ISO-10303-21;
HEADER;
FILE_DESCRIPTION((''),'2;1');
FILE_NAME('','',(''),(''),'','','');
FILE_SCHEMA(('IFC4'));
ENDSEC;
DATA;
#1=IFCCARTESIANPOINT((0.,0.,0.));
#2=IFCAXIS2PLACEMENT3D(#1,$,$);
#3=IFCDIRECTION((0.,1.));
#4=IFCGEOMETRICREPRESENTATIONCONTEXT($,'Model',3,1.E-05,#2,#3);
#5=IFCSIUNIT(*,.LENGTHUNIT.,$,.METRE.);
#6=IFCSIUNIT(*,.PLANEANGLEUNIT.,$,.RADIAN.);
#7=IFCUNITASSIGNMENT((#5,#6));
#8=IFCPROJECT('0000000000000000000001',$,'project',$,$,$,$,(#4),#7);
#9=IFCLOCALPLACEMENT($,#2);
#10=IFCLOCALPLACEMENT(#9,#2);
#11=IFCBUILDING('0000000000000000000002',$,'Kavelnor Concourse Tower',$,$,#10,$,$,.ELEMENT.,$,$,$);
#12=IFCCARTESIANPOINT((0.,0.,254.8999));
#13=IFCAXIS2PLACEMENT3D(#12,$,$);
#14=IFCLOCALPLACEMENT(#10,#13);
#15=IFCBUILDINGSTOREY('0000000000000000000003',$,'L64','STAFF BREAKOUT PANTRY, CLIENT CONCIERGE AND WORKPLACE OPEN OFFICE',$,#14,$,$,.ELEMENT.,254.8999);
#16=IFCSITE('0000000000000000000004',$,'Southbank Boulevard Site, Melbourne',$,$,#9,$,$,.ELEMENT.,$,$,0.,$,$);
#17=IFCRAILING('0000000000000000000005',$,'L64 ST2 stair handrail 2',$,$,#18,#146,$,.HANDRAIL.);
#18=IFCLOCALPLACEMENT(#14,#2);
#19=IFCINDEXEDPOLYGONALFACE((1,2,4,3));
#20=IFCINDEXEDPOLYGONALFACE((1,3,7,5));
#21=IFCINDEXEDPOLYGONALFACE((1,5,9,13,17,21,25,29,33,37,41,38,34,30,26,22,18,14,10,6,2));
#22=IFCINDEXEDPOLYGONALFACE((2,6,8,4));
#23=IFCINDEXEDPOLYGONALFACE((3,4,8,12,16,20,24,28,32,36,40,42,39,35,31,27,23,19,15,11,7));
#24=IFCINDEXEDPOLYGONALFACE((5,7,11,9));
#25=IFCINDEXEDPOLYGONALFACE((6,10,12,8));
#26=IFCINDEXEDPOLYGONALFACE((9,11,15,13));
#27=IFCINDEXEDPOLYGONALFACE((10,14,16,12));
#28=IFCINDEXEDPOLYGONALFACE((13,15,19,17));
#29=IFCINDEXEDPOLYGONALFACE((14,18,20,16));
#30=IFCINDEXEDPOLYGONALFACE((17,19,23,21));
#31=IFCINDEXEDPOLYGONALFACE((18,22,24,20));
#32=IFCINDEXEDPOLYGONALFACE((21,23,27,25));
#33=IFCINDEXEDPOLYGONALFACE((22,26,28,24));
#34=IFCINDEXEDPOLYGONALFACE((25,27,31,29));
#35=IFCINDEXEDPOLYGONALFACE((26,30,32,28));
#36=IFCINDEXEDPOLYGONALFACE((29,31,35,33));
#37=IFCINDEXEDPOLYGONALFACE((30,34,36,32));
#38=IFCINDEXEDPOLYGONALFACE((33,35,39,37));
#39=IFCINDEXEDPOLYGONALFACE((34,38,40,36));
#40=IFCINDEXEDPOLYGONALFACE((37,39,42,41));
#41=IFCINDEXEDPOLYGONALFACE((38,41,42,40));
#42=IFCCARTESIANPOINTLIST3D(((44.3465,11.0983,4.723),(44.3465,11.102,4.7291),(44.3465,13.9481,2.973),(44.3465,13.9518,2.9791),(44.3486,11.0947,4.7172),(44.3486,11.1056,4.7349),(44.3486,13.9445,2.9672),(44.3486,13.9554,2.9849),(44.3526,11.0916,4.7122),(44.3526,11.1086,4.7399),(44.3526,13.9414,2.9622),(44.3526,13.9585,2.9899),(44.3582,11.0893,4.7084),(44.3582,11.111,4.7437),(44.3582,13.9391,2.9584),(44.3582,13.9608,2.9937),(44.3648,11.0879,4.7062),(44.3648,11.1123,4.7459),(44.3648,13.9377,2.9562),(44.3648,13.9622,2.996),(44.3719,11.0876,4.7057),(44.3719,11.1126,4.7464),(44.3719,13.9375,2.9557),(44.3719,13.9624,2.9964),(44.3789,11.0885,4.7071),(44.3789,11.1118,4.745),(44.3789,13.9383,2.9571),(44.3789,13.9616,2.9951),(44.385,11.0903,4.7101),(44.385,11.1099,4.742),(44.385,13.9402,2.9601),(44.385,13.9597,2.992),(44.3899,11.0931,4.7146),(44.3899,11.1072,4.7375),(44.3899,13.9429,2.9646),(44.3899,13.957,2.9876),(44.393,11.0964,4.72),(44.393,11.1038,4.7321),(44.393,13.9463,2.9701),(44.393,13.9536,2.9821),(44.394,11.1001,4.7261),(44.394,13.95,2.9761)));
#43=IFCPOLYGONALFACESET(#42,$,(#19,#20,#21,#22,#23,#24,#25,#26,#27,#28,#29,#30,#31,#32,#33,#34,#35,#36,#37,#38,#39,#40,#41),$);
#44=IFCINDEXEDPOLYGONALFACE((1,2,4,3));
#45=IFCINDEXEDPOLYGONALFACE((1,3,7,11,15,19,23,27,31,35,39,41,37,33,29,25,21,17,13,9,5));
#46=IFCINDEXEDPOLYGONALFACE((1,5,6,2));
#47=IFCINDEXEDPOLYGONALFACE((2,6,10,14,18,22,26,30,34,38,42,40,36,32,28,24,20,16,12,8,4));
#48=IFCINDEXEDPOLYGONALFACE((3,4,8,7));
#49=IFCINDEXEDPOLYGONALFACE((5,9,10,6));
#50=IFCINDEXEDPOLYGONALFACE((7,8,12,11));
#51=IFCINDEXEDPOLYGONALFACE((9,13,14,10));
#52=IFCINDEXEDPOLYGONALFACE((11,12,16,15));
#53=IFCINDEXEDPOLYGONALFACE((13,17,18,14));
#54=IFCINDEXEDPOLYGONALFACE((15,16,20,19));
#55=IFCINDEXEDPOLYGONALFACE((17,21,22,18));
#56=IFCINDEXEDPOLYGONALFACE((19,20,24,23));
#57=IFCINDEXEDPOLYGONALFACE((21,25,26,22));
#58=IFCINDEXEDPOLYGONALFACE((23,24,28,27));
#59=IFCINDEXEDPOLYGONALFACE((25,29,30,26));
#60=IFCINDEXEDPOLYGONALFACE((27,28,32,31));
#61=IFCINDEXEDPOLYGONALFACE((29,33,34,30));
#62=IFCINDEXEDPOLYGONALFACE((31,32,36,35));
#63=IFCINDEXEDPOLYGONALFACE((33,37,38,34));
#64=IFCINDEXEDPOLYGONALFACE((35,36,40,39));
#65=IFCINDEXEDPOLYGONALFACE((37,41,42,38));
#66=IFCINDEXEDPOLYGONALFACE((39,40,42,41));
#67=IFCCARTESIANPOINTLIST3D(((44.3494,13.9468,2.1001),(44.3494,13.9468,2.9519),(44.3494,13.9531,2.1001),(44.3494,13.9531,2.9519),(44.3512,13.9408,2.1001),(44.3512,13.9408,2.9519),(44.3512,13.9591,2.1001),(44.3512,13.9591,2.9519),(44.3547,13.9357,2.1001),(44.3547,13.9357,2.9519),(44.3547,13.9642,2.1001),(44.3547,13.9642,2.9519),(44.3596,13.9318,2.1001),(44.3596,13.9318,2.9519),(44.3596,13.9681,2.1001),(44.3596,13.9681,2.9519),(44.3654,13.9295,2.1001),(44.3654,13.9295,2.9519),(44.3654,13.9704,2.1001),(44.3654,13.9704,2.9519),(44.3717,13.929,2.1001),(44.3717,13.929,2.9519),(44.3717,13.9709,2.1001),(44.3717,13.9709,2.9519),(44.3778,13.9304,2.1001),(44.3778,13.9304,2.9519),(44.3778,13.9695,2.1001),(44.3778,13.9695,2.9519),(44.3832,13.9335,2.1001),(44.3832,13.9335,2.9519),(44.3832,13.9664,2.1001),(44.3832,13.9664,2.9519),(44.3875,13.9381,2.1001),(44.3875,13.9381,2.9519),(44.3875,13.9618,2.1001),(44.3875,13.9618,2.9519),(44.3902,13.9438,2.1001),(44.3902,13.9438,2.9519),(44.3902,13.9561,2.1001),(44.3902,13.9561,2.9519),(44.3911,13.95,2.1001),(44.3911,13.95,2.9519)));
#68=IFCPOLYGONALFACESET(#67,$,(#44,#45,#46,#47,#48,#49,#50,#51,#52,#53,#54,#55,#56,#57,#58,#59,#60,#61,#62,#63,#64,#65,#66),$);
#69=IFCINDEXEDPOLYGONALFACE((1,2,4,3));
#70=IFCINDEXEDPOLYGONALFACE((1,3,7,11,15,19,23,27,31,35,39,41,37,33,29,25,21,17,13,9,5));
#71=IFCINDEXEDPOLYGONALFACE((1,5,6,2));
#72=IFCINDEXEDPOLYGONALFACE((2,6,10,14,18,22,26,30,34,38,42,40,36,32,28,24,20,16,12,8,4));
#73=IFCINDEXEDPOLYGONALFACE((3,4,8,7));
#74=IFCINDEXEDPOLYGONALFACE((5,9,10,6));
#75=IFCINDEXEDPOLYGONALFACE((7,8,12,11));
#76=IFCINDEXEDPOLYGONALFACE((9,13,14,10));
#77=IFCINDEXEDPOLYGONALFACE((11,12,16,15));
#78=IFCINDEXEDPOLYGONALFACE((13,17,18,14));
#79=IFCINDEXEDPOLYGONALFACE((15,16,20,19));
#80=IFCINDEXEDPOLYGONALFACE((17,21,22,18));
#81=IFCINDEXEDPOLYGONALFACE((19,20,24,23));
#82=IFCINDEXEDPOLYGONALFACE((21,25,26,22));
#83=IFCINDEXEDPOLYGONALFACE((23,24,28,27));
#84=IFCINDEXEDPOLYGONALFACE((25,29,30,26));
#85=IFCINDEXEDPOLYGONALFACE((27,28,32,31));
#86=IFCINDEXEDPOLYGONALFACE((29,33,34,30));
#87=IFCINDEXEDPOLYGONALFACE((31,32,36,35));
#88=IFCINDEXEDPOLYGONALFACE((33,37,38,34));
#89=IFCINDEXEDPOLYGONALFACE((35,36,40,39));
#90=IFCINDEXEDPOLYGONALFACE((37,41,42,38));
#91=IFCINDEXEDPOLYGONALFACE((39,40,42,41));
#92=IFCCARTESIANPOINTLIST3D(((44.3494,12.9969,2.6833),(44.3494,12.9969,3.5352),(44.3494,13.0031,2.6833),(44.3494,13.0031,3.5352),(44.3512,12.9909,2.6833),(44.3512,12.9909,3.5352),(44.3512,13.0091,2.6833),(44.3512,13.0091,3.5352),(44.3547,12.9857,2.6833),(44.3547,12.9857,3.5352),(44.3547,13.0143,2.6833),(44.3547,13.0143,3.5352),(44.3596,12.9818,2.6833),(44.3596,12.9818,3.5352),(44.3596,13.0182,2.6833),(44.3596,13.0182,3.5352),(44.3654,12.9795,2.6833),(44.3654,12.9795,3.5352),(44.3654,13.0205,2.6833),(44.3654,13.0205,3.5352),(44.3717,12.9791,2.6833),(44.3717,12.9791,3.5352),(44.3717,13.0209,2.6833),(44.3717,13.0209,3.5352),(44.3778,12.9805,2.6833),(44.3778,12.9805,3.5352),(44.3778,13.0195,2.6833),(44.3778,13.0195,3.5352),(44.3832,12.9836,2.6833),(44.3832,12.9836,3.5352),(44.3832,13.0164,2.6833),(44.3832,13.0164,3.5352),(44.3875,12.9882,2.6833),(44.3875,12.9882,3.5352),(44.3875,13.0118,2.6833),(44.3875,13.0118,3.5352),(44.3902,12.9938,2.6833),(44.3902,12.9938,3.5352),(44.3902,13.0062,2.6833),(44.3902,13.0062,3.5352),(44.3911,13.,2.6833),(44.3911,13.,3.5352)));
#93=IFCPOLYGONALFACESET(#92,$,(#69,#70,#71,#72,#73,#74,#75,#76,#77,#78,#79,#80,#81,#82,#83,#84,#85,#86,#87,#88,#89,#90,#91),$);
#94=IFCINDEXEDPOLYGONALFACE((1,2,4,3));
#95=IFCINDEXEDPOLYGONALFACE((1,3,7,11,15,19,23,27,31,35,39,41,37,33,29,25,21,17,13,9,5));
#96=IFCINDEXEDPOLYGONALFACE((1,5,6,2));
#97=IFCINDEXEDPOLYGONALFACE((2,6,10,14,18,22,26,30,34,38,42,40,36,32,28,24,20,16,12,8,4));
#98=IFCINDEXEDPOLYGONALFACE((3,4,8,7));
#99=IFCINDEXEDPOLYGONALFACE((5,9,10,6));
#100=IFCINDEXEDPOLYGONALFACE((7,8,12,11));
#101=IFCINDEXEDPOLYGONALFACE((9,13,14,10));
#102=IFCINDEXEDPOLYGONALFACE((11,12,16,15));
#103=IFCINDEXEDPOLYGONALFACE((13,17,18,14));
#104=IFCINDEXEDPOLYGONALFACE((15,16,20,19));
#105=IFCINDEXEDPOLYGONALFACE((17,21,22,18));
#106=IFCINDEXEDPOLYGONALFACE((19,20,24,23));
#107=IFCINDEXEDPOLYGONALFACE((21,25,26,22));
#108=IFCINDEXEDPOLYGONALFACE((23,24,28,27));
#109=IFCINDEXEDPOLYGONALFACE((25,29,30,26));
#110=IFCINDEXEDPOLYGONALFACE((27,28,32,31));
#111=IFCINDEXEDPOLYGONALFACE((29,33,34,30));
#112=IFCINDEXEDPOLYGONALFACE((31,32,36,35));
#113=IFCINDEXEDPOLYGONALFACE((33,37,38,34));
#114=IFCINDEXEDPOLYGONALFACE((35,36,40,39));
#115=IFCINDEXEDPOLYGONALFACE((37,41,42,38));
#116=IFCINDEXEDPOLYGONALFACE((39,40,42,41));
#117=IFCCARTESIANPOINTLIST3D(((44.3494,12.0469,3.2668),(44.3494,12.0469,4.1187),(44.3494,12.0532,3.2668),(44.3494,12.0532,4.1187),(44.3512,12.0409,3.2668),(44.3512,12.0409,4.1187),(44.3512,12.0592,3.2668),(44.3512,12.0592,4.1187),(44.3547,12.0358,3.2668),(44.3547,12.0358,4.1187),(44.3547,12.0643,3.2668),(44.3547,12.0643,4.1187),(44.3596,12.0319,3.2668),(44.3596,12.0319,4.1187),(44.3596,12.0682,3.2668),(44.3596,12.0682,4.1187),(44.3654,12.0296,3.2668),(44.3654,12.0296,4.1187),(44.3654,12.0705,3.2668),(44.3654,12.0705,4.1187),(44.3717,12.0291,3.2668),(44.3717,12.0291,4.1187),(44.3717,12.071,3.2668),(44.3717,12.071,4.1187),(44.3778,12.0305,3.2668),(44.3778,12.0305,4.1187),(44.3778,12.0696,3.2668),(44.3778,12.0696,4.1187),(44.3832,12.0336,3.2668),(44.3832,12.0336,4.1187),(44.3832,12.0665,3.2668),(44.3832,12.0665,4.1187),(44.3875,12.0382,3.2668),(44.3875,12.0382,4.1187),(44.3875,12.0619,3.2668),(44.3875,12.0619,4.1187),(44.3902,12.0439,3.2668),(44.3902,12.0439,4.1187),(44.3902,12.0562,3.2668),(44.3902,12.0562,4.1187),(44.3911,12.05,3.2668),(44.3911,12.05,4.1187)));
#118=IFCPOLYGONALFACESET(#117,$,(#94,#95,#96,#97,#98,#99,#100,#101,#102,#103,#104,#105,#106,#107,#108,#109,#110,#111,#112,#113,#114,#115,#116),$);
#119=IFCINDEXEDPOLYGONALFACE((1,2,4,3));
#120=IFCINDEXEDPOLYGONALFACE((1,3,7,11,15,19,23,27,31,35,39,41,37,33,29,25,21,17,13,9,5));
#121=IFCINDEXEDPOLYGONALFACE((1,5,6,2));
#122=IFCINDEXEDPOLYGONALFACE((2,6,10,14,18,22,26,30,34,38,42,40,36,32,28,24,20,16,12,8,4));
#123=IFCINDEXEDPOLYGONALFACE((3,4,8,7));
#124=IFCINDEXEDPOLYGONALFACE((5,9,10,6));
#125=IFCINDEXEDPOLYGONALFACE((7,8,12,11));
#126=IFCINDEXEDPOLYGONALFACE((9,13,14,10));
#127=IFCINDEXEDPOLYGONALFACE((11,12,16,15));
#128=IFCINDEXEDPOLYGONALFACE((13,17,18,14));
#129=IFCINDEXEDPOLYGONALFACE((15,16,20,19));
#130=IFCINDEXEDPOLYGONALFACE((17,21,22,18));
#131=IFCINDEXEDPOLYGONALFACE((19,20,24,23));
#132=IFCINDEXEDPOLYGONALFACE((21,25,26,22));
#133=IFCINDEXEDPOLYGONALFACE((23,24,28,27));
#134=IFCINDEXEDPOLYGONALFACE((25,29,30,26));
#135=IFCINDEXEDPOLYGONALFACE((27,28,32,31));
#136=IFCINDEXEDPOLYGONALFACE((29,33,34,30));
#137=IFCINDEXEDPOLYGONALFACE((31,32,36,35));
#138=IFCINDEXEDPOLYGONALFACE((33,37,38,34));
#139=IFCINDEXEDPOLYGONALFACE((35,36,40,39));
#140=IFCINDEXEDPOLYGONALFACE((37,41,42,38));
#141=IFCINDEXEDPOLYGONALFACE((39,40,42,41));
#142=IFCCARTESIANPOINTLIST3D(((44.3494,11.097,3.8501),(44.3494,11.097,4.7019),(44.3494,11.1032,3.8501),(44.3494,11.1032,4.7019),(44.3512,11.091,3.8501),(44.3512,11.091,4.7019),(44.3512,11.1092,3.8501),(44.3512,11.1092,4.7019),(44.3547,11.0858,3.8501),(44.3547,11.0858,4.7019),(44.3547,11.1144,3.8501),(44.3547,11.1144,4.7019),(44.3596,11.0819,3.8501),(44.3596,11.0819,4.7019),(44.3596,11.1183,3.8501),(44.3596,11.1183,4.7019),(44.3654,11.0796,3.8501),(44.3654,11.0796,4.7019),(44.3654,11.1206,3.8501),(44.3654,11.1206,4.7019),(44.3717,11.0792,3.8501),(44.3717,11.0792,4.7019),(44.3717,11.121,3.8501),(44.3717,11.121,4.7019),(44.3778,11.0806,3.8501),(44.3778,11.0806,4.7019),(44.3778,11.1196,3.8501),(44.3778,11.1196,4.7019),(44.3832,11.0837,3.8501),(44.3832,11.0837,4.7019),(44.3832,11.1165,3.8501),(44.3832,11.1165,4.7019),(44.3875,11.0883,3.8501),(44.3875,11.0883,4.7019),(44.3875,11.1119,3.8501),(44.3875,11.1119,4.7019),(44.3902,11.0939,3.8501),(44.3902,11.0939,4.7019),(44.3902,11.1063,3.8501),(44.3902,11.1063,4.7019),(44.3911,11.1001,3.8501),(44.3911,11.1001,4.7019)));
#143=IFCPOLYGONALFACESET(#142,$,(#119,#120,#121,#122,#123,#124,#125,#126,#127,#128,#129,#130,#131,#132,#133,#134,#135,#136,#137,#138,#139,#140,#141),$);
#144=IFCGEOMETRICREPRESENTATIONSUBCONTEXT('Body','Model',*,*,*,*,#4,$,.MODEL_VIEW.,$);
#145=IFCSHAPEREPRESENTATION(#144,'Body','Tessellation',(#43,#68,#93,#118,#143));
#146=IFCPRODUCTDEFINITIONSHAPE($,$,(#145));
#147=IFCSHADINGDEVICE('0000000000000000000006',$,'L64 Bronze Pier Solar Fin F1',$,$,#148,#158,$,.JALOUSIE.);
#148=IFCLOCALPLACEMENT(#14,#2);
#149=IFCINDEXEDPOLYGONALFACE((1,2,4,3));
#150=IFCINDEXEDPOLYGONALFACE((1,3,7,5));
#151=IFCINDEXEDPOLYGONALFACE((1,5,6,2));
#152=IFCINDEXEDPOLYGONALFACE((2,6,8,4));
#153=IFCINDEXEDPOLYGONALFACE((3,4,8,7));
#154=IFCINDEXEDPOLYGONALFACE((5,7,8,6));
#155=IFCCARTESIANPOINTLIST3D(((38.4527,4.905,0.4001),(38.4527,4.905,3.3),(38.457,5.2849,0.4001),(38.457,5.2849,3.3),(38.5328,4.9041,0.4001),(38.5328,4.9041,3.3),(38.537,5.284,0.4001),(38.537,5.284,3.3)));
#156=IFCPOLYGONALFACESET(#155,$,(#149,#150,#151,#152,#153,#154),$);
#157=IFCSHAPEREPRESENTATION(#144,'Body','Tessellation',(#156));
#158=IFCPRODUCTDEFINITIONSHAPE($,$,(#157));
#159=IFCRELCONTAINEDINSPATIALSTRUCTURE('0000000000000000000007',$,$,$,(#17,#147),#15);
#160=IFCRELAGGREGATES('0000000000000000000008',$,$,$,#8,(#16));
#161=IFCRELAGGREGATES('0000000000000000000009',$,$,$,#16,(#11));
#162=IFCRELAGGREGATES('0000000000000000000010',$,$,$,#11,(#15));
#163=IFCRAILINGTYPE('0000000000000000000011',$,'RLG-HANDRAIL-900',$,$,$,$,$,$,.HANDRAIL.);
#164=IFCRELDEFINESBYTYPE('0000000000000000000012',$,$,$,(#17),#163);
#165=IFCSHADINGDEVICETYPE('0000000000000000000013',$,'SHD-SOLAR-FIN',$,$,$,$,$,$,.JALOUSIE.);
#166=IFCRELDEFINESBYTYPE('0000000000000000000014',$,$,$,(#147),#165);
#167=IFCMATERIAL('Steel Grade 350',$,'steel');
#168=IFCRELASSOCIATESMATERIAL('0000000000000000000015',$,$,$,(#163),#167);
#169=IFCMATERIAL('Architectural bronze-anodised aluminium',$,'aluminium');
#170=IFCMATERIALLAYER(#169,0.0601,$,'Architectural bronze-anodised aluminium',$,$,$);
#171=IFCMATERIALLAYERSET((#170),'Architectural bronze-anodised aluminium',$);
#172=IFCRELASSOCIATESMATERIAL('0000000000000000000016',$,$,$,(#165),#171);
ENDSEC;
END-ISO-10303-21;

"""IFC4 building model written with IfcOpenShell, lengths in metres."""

from ifc_helpers import new_model, si_unit, direction, frame, origin, origin_2d, place, context, subcontext, project, spatial, rectangle, circle, extrude, material, layer, layer_set, type_object, element, save


model = new_model("IFC4")

# Units and contexts
model_context = context("Model", 3, precision=1e-05, world=origin(), true_north=direction((0.0, 1.0)))
body_context = subcontext(model_context, "Body", "Model", "MODEL_VIEW")
ifc_project = project(units=[si_unit("LENGTHUNIT", "METRE"), si_unit("PLANEANGLEUNIT", "RADIAN")], contexts=[model_context])

# Site, building, storey
site_placement = place(None, origin())
site = spatial("IfcSite", under=ifc_project, at=site_placement, Name="Southbank Boulevard Site, Melbourne", CompositionType="ELEMENT", RefElevation=0.0)
building_placement = place(site_placement, origin())
building = spatial("IfcBuilding", under=site, at=building_placement, Name="Kavelnor Concourse Tower", CompositionType="ELEMENT")
storey_placement = place(building_placement, frame((0.0, 0.0, 254.8999)))
storey = spatial("IfcBuildingStorey", under=building, at=storey_placement, Name="L64", Description="STAFF BREAKOUT PANTRY, CLIENT CONCIERGE AND WORKPLACE OPEN OFFICE", CompositionType="ELEMENT", Elevation=254.8999)

# Shared definitions
ifc_material_1 = material(Name="Steel Grade 350", Category="steel")

# Railing
railing_type_1 = type_object("IfcRailingType", Name="RLG-HANDRAIL-900", PredefinedType="HANDRAIL", material=ifc_material_1)
railing_1_placement = place(storey_placement, frame((44.3701, 13.95, 2.1001)))
element("IfcRailing", 1, at=railing_1_placement, inside=storey, type_object=railing_type_1, Name="L64 ST2 stair handrail 2", PredefinedType="HANDRAIL", context=body_context, shape_type="SweptSolid", body=[
    extrude(circle(Radius=0.0239, at=origin_2d()), frame((0.0, 0.0, 0.876), z_axis=(0.0, -0.852159, 0.523283), x_axis=(1.0, 0.0, 0.0)), (0.0, 0.0, 1.0), 3.3442),
    extrude(circle(Radius=0.021, at=origin_2d()), origin(), (0.0, 0.0, 1.0), 0.8518),
    extrude(circle(Radius=0.021, at=origin_2d()), frame((0.0, -0.95, 0.5833)), (0.0, 0.0, 1.0), 0.8518),
    extrude(circle(Radius=0.021, at=origin_2d()), frame((0.0, -1.8999, 1.1667)), (0.0, 0.0, 1.0), 0.8518),
    extrude(circle(Radius=0.021, at=origin_2d()), frame((0.0, -2.8499, 1.75)), (0.0, 0.0, 1.0), 0.8518),
])

# Shading device
ifc_material_2 = material(Name="Architectural bronze-anodised aluminium", Category="aluminium")
ifc_layer_1 = layer(ifc_material_2, 0.0601, Name="Architectural bronze-anodised aluminium")
ifc_layer_set_1 = layer_set([ifc_layer_1], Name="Architectural bronze-anodised aluminium")
shading_device_type = type_object("IfcShadingDeviceType", Name="SHD-SOLAR-FIN", PredefinedType="JALOUSIE", material=ifc_layer_set_1)
shading_device_placement = place(storey_placement, frame((38.4949, 5.0945, 0.4001), z_axis=(0.0, 0.0, 1.0), x_axis=(-0.01117, -0.999938, 0.0)))
element("IfcShadingDevice", 2, at=shading_device_placement, inside=storey, type_object=shading_device_type, Name="L64 Bronze Pier Solar Fin F1", PredefinedType="JALOUSIE", context=body_context, shape_type="SweptSolid", body=[
    extrude(rectangle(XDim=0.3799, YDim=0.0801, at=origin_2d()), origin(), (0.0, 0.0, 1.0), 2.8999),
])

save(model, "model.ifc")
